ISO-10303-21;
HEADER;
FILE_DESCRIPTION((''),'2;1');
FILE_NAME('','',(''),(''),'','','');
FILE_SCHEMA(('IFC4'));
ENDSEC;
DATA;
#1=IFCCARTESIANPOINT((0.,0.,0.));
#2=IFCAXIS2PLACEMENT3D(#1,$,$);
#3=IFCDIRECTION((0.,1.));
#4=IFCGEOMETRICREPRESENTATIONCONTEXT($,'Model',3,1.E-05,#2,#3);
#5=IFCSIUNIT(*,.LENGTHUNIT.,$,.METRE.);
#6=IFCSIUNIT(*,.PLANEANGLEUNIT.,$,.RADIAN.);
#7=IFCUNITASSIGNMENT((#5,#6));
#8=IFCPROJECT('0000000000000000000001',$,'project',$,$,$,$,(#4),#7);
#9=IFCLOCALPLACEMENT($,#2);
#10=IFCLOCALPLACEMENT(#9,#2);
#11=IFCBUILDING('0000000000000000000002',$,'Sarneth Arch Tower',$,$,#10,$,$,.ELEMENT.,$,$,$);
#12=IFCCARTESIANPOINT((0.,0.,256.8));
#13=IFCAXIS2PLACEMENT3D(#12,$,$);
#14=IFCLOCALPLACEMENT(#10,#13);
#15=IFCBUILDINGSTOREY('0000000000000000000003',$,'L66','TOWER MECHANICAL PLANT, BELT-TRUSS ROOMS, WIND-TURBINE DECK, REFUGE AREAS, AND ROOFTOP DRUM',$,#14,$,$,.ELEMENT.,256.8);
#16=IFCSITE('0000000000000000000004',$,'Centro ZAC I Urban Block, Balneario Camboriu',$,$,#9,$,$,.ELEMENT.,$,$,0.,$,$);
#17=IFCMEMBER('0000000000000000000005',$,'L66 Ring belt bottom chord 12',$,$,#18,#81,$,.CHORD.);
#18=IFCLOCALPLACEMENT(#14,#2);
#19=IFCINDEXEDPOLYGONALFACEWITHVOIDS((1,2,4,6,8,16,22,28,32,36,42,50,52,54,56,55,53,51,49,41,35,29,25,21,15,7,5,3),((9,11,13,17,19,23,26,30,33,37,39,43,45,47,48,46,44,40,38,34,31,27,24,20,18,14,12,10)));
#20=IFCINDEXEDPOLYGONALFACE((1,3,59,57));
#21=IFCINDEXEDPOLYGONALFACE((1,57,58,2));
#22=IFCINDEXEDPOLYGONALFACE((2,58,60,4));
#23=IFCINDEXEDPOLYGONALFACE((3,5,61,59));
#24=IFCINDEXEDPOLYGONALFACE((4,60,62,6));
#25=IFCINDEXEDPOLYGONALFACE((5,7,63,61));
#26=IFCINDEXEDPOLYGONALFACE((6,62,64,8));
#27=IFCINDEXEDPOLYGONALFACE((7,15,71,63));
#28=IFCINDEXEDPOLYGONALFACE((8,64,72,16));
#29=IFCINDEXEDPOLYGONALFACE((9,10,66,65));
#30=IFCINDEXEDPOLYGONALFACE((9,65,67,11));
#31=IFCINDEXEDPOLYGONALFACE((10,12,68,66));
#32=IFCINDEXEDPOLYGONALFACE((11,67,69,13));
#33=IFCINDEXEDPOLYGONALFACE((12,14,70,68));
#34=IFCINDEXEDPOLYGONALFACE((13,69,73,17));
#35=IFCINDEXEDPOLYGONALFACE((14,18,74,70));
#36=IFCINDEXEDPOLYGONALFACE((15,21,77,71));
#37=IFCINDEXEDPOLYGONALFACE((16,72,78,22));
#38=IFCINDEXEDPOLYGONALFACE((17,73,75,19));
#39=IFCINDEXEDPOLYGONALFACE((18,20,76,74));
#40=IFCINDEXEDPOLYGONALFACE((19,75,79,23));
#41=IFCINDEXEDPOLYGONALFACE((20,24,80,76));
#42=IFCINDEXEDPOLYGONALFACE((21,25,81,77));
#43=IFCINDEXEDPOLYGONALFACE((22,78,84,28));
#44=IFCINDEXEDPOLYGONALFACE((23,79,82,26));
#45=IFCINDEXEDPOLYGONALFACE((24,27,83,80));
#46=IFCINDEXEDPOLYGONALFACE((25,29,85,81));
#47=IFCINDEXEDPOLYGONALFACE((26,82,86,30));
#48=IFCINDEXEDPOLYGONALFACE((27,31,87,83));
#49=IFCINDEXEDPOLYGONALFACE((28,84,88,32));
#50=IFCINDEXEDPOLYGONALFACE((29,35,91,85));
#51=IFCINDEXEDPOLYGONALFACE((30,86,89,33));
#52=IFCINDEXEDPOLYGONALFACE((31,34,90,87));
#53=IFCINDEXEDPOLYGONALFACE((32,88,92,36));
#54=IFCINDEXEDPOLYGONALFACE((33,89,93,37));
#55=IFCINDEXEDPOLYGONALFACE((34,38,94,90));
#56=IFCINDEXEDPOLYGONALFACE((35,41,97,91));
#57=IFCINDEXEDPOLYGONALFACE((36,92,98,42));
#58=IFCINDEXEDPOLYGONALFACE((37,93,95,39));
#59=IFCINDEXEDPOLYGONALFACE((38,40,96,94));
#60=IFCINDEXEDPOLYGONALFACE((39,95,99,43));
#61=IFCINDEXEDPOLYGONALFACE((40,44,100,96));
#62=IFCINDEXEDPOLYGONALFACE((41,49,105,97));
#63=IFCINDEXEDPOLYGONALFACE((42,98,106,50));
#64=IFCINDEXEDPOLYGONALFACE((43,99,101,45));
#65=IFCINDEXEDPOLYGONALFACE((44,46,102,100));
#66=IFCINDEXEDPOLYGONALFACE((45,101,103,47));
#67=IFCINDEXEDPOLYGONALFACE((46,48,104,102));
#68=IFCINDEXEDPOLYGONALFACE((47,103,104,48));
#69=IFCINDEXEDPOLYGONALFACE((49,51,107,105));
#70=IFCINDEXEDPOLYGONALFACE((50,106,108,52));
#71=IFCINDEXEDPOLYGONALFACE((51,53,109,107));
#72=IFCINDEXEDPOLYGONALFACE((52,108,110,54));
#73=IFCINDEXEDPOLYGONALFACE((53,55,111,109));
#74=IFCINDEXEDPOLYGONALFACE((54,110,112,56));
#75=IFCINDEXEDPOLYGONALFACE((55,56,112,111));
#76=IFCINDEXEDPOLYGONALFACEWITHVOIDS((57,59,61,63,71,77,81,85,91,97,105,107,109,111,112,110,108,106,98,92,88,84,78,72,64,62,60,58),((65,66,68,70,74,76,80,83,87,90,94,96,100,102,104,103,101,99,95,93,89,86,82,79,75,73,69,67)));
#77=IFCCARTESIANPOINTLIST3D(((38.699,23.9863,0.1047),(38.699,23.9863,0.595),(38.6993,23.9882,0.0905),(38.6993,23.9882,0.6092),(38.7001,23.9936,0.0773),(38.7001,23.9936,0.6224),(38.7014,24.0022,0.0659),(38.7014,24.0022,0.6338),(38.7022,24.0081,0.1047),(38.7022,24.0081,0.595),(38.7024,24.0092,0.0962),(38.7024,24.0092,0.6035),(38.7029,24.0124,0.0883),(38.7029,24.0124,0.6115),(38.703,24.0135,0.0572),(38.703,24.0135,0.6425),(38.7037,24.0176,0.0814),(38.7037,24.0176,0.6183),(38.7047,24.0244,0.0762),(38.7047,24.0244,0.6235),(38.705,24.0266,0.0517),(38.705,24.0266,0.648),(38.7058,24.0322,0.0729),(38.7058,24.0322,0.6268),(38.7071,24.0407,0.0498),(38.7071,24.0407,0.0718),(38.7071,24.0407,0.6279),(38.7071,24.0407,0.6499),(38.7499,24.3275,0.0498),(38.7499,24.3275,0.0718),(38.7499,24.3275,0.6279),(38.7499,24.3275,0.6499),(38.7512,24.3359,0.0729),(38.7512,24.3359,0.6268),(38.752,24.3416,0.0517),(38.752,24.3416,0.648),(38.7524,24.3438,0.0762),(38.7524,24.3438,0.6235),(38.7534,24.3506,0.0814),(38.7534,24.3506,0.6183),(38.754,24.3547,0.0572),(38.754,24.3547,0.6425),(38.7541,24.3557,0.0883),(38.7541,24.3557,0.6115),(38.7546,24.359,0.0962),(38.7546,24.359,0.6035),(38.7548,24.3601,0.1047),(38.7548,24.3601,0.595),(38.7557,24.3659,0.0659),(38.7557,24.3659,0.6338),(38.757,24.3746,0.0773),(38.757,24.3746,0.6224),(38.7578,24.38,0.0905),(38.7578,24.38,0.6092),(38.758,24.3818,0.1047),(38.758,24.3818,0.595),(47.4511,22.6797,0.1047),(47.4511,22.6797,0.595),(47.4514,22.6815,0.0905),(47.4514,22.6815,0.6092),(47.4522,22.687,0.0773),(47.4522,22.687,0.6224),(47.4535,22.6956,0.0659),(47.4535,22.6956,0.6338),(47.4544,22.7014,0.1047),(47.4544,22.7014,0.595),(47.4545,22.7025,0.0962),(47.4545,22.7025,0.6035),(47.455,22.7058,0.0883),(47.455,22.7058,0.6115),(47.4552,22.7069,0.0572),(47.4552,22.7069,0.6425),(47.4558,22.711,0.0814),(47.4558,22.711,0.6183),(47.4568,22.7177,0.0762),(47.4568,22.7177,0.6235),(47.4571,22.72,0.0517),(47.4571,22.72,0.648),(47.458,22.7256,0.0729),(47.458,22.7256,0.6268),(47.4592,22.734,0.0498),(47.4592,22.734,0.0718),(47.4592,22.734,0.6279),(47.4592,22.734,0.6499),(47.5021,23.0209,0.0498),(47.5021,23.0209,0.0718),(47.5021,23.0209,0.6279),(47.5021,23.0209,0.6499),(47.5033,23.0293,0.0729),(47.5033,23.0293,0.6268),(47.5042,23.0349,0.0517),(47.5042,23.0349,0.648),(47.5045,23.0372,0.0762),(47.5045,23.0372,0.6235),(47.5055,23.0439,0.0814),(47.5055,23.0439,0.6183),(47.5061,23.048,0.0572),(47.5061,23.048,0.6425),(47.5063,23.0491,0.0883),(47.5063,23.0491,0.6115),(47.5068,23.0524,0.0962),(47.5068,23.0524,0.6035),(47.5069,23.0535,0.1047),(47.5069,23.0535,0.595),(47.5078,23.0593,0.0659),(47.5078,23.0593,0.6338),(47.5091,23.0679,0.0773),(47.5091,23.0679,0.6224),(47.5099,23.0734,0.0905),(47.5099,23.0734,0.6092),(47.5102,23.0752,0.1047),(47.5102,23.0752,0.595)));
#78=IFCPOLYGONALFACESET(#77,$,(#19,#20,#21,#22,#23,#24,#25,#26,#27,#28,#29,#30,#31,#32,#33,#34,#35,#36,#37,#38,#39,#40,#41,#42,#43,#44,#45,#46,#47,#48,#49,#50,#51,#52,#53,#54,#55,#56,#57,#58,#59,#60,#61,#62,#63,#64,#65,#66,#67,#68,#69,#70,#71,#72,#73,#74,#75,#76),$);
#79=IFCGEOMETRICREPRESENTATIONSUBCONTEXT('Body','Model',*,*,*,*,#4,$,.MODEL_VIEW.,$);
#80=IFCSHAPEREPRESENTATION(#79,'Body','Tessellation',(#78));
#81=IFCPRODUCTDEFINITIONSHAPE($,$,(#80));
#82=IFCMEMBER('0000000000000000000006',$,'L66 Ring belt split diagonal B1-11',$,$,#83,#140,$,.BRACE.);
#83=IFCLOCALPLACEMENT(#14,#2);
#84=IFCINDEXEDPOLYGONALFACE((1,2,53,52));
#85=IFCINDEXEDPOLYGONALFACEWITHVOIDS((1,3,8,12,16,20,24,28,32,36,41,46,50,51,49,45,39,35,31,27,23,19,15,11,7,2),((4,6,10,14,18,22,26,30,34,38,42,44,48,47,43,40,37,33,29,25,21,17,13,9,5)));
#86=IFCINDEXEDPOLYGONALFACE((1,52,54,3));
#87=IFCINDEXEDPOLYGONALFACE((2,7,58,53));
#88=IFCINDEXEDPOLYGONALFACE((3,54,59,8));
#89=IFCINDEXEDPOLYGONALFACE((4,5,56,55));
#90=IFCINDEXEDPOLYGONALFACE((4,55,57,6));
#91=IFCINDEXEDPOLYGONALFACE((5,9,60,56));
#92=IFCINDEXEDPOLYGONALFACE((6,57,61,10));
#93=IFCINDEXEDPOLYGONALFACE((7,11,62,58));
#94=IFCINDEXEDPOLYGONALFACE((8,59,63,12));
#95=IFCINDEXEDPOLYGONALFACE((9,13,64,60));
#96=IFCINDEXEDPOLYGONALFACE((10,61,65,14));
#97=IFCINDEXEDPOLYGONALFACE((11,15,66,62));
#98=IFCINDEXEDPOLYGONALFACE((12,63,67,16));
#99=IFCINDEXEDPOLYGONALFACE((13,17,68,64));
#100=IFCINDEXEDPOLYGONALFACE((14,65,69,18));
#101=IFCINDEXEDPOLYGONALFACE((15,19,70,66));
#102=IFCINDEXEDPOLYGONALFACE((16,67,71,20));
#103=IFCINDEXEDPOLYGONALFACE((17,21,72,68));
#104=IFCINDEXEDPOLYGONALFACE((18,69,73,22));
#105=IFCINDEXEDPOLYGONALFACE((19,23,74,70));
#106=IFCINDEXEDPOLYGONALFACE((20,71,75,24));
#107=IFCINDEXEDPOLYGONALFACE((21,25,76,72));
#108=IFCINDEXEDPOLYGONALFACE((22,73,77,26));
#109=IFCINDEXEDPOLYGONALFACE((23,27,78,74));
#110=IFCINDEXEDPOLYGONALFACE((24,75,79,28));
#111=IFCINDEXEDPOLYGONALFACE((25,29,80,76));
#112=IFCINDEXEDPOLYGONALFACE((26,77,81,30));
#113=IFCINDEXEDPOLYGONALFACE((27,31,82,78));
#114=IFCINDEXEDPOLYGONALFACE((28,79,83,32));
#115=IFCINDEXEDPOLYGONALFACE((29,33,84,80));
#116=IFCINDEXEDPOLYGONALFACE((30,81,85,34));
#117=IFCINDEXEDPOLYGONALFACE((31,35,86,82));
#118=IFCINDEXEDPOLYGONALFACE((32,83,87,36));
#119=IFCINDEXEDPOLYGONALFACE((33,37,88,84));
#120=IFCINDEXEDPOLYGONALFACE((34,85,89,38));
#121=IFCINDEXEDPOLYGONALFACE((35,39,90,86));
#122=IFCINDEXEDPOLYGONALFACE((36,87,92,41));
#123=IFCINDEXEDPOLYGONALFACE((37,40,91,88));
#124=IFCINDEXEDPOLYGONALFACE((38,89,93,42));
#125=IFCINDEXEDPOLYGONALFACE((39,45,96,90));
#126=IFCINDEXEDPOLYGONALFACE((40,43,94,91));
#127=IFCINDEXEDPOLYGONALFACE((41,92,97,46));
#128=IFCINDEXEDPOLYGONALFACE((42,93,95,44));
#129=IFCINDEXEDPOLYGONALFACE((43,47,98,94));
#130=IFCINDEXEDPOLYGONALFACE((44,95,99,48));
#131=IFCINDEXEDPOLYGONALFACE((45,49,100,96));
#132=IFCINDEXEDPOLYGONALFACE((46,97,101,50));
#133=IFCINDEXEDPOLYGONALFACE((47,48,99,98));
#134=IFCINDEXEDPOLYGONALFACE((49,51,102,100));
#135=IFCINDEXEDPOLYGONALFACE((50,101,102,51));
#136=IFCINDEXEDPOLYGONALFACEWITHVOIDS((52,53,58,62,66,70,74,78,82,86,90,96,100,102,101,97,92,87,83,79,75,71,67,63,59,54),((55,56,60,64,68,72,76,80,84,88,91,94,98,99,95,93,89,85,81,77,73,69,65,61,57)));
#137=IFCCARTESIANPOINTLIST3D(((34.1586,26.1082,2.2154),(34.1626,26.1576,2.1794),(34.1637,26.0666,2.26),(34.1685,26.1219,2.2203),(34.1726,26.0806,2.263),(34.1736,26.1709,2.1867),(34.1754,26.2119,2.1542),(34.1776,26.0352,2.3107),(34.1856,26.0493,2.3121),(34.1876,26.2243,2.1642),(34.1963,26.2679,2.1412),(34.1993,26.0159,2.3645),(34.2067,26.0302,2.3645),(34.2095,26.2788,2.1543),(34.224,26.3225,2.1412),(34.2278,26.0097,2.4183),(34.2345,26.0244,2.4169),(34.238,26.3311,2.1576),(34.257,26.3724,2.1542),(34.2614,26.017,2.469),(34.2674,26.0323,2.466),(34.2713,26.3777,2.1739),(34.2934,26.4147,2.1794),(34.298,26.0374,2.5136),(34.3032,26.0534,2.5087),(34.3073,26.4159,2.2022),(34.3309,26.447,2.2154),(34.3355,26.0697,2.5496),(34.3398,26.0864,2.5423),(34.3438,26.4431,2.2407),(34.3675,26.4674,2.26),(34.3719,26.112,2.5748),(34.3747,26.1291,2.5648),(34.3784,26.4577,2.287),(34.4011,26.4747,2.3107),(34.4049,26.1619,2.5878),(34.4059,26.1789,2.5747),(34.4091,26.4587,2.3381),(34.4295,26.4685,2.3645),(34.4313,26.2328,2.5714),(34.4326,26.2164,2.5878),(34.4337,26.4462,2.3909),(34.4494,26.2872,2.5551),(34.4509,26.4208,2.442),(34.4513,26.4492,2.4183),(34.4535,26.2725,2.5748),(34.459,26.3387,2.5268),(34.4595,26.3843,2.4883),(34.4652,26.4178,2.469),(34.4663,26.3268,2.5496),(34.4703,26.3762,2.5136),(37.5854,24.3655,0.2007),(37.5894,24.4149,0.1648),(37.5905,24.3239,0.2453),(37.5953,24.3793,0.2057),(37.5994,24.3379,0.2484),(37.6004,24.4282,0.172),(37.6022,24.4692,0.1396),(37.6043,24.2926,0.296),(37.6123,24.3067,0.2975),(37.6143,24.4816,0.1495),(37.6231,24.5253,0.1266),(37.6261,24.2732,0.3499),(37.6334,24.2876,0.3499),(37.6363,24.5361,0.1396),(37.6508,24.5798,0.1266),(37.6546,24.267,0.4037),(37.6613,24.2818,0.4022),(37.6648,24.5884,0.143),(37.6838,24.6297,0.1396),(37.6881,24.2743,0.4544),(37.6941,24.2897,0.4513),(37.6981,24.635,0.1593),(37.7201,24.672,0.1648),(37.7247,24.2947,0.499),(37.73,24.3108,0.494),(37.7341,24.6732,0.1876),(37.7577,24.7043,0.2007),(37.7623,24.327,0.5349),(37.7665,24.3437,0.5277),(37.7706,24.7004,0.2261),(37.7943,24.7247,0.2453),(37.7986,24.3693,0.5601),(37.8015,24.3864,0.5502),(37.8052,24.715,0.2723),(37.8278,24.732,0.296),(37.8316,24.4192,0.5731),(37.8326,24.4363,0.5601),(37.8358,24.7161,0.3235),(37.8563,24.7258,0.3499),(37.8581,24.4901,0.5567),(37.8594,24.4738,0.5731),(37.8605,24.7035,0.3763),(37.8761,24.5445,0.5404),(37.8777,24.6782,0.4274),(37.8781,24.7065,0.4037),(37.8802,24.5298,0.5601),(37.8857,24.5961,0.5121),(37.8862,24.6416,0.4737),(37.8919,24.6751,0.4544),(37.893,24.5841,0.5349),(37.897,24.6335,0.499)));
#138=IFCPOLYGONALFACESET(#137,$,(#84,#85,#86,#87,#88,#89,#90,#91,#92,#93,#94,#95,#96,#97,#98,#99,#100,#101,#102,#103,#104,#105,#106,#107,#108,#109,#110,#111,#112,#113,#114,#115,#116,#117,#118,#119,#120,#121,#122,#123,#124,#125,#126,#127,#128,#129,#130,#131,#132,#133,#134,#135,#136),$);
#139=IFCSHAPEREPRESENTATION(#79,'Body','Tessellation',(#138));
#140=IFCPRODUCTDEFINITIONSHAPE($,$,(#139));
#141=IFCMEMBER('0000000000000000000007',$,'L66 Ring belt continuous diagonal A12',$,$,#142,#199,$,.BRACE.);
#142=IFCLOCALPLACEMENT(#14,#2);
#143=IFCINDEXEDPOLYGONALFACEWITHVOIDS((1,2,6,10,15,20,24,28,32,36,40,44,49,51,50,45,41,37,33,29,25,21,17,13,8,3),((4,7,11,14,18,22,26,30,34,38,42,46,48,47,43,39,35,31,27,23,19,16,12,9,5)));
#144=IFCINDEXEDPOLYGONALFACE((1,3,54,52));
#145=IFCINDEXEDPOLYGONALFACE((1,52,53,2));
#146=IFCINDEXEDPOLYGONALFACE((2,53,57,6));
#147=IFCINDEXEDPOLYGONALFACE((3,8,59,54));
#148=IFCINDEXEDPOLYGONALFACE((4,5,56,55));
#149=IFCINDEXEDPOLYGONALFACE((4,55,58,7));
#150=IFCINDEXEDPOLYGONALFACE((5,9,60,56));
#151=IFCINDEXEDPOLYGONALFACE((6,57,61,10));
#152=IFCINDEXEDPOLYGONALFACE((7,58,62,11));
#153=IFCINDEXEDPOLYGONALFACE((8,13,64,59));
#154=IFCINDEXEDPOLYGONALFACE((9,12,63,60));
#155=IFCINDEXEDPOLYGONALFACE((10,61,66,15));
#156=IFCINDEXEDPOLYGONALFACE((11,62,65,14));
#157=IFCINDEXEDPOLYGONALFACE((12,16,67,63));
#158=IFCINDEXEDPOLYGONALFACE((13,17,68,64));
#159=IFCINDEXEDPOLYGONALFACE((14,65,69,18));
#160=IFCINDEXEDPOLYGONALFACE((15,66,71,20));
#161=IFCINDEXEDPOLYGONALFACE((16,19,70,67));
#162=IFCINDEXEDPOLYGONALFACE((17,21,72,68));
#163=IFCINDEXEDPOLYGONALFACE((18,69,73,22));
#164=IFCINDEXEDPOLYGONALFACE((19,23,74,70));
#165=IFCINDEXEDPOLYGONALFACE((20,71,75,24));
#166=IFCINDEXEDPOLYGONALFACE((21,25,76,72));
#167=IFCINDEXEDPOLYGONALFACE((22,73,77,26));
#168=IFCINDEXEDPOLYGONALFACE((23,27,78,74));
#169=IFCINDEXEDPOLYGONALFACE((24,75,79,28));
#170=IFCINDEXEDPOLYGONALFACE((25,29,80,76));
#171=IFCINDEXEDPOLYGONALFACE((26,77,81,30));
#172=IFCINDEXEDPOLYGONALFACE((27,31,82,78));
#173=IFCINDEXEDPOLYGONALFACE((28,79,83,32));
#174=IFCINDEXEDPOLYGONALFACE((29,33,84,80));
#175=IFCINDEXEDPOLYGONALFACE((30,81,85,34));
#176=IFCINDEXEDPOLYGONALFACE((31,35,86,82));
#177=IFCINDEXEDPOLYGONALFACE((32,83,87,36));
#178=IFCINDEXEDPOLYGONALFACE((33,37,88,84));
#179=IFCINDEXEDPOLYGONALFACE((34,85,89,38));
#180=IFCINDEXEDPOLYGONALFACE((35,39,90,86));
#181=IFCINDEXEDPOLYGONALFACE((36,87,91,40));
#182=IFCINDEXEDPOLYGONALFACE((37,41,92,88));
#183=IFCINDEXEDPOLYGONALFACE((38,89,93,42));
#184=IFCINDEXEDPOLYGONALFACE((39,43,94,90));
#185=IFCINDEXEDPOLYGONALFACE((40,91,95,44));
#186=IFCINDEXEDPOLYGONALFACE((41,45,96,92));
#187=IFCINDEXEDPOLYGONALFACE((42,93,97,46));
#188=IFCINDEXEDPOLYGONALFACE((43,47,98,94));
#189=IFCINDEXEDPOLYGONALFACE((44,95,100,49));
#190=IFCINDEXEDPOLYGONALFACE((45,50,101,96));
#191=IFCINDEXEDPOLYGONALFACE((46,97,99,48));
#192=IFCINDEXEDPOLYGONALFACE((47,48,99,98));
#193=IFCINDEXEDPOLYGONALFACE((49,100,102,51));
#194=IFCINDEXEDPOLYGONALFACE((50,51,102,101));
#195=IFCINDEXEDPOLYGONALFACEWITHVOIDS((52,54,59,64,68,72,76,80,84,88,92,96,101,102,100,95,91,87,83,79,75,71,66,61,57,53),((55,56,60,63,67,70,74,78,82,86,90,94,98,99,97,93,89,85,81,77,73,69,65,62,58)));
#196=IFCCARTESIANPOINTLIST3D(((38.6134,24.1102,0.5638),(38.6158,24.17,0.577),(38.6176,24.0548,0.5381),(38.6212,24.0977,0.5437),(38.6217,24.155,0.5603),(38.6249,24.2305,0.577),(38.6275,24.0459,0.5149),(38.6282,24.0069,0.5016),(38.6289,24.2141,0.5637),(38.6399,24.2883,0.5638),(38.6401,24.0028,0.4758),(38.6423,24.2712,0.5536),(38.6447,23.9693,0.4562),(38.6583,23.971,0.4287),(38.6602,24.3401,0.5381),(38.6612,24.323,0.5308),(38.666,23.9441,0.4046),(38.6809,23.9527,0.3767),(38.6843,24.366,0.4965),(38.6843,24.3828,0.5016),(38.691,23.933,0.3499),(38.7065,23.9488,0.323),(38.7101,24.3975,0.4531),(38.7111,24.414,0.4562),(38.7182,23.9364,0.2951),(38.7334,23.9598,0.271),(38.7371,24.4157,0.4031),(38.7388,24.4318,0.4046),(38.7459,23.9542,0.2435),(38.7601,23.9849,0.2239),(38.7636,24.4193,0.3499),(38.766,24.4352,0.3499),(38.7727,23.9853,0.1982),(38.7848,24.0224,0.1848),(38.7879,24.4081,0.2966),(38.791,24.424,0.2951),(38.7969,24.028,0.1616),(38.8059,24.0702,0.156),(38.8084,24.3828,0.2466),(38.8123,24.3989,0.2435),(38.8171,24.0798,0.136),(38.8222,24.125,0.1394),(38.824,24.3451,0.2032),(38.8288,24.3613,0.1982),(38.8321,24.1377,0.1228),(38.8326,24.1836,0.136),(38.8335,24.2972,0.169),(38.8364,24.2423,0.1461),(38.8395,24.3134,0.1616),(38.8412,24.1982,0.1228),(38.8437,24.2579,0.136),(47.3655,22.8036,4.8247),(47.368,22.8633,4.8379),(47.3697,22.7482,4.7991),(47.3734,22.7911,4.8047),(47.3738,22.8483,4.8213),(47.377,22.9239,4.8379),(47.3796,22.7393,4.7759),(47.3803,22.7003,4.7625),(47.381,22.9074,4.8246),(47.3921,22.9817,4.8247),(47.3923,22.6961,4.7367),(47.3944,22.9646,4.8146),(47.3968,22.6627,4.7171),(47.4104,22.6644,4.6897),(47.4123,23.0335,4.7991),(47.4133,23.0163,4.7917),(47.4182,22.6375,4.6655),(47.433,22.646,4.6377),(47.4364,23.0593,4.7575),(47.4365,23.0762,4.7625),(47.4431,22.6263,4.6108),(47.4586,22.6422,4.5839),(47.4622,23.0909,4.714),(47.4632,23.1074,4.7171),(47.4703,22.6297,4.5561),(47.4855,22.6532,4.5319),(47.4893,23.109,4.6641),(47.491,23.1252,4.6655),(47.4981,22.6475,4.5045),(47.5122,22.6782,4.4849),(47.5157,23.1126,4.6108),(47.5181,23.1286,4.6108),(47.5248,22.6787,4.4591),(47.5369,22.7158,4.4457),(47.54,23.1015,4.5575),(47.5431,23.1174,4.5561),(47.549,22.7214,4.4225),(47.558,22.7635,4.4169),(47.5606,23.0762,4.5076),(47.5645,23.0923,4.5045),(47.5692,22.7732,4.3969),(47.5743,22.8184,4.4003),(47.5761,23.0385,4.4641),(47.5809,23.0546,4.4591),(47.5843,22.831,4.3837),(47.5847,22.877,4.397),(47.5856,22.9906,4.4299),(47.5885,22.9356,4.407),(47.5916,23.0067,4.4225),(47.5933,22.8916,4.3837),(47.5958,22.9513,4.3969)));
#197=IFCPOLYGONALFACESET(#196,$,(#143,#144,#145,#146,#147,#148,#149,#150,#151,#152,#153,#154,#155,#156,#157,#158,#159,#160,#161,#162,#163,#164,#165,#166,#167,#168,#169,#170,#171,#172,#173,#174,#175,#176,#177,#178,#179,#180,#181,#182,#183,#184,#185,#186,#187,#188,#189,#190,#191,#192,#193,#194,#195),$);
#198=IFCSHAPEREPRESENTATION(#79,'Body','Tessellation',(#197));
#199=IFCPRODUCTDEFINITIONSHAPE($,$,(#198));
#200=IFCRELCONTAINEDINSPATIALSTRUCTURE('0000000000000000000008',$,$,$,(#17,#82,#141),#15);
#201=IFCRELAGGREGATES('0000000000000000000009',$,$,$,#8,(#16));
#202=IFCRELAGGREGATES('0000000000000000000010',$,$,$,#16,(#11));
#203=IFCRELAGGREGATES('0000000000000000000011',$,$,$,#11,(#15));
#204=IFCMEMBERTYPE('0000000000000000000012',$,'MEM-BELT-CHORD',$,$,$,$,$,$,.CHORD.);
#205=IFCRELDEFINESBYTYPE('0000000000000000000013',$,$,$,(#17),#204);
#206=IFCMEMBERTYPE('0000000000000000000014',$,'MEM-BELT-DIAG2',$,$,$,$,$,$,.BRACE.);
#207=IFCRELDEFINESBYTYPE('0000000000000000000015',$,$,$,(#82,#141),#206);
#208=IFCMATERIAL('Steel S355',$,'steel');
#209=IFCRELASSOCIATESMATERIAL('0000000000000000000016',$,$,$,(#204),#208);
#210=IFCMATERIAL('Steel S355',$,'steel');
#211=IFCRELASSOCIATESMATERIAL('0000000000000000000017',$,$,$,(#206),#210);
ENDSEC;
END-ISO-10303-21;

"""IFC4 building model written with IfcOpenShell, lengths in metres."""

from ifc_helpers import new_model, si_unit, direction, frame, origin, origin_2d, place, context, subcontext, project, spatial, hollow_rectangle, hollow_circle, extrude, material, material_profile, profile_set, type_object, element, save


model = new_model("IFC4")

# Units and contexts
model_context = context("Model", 3, precision=1e-05, world=origin(), true_north=direction((0.0, 1.0)))
body_context = subcontext(model_context, "Body", "Model", "MODEL_VIEW")
ifc_project = project(units=[si_unit("LENGTHUNIT", "METRE"), si_unit("PLANEANGLEUNIT", "RADIAN")], contexts=[model_context])

# Site, building, storey
site_placement = place(None, origin())
site = spatial("IfcSite", under=ifc_project, at=site_placement, Name="Centro ZAC I Urban Block, Balneario Camboriu", CompositionType="ELEMENT", RefElevation=0.0)
building_placement = place(site_placement, origin())
building = spatial("IfcBuilding", under=site, at=building_placement, Name="Sarneth Arch Tower", CompositionType="ELEMENT")
storey_placement = place(building_placement, frame((0.0, 0.0, 256.8)))
storey = spatial("IfcBuildingStorey", under=building, at=storey_placement, Name="L66", Description="TOWER MECHANICAL PLANT, BELT-TRUSS ROOMS, WIND-TURBINE DECK, REFUGE AREAS, AND ROOFTOP DRUM", CompositionType="ELEMENT", Elevation=256.8)

# Members
ifc_material_1 = material(Name="Steel S355", Category="steel")
ifc_material_profile_1 = material_profile(ifc_material_1, hollow_rectangle(XDim=0.3999, YDim=0.6001, WallThickness=0.022, InnerFilletRadius=0.033, OuterFilletRadius=0.0549, at=origin_2d()), Name="RHS600x400x22")
ifc_profile_set_1 = profile_set([ifc_material_profile_1], Name="Steel S355")
member_type_1 = type_object("IfcMemberType", Name="MEM-BELT-CHORD", PredefinedType="CHORD", material=ifc_profile_set_1)
member_1_placement = place(storey_placement, frame((38.7285, 24.1841, 0.3499), z_axis=(0.989039, -0.147656, 0.0), x_axis=(0.147656, 0.989039, 0.0)))
element("IfcMember", 1, at=member_1_placement, inside=storey, type_object=member_type_1, Name="L66 Ring belt bottom chord 12", PredefinedType="CHORD", context=body_context, shape_type="SweptSolid", body=[
    extrude(hollow_rectangle(XDim=0.3999, YDim=0.6001, WallThickness=0.022, InnerFilletRadius=0.033, OuterFilletRadius=0.0549, at=origin_2d()), origin(), (0.0, 0.0, 1.0), 8.8491),
])
ifc_material_2 = material(Name="Steel S355", Category="steel")
ifc_material_profile_2 = material_profile(ifc_material_2, hollow_circle(Radius=0.2539, WallThickness=0.0161, at=origin_2d()), Name="CHS508x16")
ifc_profile_set_2 = profile_set([ifc_material_profile_2], Name="Steel S355")
member_type_2 = type_object("IfcMemberType", Name="MEM-BELT-DIAG2", PredefinedType="BRACE", material=ifc_profile_set_2)
member_2_placement = place(storey_placement, frame((37.7412, 24.4995, 0.3499), z_axis=(-0.789517, 0.401508, 0.46417), x_axis=(-0.4533, -0.891358, 0.0)))
element("IfcMember", 2, at=member_2_placement, inside=storey, type_object=member_type_2, Name="L66 Ring belt split diagonal B1-11", PredefinedType="BRACE", context=body_context, shape_type="SweptSolid", body=[
    extrude(hollow_circle(Radius=0.2539, WallThickness=0.0161, at=origin_2d()), origin(), (0.0, 0.0, 1.0), 4.3403),
])
member_3_placement = place(storey_placement, frame((38.7285, 24.1841, 0.3499), z_axis=(0.891115, -0.133037, 0.433837), x_axis=(0.147656, 0.989039, 0.0)))
element("IfcMember", 3, at=member_3_placement, inside=storey, type_object=member_type_2, Name="L66 Ring belt continuous diagonal A12", PredefinedType="BRACE", context=body_context, shape_type="SweptSolid", body=[
    extrude(hollow_circle(Radius=0.2539, WallThickness=0.0161, at=origin_2d()), origin(), (0.0, 0.0, 1.0), 9.8215),
])

save(model, "model.ifc")
